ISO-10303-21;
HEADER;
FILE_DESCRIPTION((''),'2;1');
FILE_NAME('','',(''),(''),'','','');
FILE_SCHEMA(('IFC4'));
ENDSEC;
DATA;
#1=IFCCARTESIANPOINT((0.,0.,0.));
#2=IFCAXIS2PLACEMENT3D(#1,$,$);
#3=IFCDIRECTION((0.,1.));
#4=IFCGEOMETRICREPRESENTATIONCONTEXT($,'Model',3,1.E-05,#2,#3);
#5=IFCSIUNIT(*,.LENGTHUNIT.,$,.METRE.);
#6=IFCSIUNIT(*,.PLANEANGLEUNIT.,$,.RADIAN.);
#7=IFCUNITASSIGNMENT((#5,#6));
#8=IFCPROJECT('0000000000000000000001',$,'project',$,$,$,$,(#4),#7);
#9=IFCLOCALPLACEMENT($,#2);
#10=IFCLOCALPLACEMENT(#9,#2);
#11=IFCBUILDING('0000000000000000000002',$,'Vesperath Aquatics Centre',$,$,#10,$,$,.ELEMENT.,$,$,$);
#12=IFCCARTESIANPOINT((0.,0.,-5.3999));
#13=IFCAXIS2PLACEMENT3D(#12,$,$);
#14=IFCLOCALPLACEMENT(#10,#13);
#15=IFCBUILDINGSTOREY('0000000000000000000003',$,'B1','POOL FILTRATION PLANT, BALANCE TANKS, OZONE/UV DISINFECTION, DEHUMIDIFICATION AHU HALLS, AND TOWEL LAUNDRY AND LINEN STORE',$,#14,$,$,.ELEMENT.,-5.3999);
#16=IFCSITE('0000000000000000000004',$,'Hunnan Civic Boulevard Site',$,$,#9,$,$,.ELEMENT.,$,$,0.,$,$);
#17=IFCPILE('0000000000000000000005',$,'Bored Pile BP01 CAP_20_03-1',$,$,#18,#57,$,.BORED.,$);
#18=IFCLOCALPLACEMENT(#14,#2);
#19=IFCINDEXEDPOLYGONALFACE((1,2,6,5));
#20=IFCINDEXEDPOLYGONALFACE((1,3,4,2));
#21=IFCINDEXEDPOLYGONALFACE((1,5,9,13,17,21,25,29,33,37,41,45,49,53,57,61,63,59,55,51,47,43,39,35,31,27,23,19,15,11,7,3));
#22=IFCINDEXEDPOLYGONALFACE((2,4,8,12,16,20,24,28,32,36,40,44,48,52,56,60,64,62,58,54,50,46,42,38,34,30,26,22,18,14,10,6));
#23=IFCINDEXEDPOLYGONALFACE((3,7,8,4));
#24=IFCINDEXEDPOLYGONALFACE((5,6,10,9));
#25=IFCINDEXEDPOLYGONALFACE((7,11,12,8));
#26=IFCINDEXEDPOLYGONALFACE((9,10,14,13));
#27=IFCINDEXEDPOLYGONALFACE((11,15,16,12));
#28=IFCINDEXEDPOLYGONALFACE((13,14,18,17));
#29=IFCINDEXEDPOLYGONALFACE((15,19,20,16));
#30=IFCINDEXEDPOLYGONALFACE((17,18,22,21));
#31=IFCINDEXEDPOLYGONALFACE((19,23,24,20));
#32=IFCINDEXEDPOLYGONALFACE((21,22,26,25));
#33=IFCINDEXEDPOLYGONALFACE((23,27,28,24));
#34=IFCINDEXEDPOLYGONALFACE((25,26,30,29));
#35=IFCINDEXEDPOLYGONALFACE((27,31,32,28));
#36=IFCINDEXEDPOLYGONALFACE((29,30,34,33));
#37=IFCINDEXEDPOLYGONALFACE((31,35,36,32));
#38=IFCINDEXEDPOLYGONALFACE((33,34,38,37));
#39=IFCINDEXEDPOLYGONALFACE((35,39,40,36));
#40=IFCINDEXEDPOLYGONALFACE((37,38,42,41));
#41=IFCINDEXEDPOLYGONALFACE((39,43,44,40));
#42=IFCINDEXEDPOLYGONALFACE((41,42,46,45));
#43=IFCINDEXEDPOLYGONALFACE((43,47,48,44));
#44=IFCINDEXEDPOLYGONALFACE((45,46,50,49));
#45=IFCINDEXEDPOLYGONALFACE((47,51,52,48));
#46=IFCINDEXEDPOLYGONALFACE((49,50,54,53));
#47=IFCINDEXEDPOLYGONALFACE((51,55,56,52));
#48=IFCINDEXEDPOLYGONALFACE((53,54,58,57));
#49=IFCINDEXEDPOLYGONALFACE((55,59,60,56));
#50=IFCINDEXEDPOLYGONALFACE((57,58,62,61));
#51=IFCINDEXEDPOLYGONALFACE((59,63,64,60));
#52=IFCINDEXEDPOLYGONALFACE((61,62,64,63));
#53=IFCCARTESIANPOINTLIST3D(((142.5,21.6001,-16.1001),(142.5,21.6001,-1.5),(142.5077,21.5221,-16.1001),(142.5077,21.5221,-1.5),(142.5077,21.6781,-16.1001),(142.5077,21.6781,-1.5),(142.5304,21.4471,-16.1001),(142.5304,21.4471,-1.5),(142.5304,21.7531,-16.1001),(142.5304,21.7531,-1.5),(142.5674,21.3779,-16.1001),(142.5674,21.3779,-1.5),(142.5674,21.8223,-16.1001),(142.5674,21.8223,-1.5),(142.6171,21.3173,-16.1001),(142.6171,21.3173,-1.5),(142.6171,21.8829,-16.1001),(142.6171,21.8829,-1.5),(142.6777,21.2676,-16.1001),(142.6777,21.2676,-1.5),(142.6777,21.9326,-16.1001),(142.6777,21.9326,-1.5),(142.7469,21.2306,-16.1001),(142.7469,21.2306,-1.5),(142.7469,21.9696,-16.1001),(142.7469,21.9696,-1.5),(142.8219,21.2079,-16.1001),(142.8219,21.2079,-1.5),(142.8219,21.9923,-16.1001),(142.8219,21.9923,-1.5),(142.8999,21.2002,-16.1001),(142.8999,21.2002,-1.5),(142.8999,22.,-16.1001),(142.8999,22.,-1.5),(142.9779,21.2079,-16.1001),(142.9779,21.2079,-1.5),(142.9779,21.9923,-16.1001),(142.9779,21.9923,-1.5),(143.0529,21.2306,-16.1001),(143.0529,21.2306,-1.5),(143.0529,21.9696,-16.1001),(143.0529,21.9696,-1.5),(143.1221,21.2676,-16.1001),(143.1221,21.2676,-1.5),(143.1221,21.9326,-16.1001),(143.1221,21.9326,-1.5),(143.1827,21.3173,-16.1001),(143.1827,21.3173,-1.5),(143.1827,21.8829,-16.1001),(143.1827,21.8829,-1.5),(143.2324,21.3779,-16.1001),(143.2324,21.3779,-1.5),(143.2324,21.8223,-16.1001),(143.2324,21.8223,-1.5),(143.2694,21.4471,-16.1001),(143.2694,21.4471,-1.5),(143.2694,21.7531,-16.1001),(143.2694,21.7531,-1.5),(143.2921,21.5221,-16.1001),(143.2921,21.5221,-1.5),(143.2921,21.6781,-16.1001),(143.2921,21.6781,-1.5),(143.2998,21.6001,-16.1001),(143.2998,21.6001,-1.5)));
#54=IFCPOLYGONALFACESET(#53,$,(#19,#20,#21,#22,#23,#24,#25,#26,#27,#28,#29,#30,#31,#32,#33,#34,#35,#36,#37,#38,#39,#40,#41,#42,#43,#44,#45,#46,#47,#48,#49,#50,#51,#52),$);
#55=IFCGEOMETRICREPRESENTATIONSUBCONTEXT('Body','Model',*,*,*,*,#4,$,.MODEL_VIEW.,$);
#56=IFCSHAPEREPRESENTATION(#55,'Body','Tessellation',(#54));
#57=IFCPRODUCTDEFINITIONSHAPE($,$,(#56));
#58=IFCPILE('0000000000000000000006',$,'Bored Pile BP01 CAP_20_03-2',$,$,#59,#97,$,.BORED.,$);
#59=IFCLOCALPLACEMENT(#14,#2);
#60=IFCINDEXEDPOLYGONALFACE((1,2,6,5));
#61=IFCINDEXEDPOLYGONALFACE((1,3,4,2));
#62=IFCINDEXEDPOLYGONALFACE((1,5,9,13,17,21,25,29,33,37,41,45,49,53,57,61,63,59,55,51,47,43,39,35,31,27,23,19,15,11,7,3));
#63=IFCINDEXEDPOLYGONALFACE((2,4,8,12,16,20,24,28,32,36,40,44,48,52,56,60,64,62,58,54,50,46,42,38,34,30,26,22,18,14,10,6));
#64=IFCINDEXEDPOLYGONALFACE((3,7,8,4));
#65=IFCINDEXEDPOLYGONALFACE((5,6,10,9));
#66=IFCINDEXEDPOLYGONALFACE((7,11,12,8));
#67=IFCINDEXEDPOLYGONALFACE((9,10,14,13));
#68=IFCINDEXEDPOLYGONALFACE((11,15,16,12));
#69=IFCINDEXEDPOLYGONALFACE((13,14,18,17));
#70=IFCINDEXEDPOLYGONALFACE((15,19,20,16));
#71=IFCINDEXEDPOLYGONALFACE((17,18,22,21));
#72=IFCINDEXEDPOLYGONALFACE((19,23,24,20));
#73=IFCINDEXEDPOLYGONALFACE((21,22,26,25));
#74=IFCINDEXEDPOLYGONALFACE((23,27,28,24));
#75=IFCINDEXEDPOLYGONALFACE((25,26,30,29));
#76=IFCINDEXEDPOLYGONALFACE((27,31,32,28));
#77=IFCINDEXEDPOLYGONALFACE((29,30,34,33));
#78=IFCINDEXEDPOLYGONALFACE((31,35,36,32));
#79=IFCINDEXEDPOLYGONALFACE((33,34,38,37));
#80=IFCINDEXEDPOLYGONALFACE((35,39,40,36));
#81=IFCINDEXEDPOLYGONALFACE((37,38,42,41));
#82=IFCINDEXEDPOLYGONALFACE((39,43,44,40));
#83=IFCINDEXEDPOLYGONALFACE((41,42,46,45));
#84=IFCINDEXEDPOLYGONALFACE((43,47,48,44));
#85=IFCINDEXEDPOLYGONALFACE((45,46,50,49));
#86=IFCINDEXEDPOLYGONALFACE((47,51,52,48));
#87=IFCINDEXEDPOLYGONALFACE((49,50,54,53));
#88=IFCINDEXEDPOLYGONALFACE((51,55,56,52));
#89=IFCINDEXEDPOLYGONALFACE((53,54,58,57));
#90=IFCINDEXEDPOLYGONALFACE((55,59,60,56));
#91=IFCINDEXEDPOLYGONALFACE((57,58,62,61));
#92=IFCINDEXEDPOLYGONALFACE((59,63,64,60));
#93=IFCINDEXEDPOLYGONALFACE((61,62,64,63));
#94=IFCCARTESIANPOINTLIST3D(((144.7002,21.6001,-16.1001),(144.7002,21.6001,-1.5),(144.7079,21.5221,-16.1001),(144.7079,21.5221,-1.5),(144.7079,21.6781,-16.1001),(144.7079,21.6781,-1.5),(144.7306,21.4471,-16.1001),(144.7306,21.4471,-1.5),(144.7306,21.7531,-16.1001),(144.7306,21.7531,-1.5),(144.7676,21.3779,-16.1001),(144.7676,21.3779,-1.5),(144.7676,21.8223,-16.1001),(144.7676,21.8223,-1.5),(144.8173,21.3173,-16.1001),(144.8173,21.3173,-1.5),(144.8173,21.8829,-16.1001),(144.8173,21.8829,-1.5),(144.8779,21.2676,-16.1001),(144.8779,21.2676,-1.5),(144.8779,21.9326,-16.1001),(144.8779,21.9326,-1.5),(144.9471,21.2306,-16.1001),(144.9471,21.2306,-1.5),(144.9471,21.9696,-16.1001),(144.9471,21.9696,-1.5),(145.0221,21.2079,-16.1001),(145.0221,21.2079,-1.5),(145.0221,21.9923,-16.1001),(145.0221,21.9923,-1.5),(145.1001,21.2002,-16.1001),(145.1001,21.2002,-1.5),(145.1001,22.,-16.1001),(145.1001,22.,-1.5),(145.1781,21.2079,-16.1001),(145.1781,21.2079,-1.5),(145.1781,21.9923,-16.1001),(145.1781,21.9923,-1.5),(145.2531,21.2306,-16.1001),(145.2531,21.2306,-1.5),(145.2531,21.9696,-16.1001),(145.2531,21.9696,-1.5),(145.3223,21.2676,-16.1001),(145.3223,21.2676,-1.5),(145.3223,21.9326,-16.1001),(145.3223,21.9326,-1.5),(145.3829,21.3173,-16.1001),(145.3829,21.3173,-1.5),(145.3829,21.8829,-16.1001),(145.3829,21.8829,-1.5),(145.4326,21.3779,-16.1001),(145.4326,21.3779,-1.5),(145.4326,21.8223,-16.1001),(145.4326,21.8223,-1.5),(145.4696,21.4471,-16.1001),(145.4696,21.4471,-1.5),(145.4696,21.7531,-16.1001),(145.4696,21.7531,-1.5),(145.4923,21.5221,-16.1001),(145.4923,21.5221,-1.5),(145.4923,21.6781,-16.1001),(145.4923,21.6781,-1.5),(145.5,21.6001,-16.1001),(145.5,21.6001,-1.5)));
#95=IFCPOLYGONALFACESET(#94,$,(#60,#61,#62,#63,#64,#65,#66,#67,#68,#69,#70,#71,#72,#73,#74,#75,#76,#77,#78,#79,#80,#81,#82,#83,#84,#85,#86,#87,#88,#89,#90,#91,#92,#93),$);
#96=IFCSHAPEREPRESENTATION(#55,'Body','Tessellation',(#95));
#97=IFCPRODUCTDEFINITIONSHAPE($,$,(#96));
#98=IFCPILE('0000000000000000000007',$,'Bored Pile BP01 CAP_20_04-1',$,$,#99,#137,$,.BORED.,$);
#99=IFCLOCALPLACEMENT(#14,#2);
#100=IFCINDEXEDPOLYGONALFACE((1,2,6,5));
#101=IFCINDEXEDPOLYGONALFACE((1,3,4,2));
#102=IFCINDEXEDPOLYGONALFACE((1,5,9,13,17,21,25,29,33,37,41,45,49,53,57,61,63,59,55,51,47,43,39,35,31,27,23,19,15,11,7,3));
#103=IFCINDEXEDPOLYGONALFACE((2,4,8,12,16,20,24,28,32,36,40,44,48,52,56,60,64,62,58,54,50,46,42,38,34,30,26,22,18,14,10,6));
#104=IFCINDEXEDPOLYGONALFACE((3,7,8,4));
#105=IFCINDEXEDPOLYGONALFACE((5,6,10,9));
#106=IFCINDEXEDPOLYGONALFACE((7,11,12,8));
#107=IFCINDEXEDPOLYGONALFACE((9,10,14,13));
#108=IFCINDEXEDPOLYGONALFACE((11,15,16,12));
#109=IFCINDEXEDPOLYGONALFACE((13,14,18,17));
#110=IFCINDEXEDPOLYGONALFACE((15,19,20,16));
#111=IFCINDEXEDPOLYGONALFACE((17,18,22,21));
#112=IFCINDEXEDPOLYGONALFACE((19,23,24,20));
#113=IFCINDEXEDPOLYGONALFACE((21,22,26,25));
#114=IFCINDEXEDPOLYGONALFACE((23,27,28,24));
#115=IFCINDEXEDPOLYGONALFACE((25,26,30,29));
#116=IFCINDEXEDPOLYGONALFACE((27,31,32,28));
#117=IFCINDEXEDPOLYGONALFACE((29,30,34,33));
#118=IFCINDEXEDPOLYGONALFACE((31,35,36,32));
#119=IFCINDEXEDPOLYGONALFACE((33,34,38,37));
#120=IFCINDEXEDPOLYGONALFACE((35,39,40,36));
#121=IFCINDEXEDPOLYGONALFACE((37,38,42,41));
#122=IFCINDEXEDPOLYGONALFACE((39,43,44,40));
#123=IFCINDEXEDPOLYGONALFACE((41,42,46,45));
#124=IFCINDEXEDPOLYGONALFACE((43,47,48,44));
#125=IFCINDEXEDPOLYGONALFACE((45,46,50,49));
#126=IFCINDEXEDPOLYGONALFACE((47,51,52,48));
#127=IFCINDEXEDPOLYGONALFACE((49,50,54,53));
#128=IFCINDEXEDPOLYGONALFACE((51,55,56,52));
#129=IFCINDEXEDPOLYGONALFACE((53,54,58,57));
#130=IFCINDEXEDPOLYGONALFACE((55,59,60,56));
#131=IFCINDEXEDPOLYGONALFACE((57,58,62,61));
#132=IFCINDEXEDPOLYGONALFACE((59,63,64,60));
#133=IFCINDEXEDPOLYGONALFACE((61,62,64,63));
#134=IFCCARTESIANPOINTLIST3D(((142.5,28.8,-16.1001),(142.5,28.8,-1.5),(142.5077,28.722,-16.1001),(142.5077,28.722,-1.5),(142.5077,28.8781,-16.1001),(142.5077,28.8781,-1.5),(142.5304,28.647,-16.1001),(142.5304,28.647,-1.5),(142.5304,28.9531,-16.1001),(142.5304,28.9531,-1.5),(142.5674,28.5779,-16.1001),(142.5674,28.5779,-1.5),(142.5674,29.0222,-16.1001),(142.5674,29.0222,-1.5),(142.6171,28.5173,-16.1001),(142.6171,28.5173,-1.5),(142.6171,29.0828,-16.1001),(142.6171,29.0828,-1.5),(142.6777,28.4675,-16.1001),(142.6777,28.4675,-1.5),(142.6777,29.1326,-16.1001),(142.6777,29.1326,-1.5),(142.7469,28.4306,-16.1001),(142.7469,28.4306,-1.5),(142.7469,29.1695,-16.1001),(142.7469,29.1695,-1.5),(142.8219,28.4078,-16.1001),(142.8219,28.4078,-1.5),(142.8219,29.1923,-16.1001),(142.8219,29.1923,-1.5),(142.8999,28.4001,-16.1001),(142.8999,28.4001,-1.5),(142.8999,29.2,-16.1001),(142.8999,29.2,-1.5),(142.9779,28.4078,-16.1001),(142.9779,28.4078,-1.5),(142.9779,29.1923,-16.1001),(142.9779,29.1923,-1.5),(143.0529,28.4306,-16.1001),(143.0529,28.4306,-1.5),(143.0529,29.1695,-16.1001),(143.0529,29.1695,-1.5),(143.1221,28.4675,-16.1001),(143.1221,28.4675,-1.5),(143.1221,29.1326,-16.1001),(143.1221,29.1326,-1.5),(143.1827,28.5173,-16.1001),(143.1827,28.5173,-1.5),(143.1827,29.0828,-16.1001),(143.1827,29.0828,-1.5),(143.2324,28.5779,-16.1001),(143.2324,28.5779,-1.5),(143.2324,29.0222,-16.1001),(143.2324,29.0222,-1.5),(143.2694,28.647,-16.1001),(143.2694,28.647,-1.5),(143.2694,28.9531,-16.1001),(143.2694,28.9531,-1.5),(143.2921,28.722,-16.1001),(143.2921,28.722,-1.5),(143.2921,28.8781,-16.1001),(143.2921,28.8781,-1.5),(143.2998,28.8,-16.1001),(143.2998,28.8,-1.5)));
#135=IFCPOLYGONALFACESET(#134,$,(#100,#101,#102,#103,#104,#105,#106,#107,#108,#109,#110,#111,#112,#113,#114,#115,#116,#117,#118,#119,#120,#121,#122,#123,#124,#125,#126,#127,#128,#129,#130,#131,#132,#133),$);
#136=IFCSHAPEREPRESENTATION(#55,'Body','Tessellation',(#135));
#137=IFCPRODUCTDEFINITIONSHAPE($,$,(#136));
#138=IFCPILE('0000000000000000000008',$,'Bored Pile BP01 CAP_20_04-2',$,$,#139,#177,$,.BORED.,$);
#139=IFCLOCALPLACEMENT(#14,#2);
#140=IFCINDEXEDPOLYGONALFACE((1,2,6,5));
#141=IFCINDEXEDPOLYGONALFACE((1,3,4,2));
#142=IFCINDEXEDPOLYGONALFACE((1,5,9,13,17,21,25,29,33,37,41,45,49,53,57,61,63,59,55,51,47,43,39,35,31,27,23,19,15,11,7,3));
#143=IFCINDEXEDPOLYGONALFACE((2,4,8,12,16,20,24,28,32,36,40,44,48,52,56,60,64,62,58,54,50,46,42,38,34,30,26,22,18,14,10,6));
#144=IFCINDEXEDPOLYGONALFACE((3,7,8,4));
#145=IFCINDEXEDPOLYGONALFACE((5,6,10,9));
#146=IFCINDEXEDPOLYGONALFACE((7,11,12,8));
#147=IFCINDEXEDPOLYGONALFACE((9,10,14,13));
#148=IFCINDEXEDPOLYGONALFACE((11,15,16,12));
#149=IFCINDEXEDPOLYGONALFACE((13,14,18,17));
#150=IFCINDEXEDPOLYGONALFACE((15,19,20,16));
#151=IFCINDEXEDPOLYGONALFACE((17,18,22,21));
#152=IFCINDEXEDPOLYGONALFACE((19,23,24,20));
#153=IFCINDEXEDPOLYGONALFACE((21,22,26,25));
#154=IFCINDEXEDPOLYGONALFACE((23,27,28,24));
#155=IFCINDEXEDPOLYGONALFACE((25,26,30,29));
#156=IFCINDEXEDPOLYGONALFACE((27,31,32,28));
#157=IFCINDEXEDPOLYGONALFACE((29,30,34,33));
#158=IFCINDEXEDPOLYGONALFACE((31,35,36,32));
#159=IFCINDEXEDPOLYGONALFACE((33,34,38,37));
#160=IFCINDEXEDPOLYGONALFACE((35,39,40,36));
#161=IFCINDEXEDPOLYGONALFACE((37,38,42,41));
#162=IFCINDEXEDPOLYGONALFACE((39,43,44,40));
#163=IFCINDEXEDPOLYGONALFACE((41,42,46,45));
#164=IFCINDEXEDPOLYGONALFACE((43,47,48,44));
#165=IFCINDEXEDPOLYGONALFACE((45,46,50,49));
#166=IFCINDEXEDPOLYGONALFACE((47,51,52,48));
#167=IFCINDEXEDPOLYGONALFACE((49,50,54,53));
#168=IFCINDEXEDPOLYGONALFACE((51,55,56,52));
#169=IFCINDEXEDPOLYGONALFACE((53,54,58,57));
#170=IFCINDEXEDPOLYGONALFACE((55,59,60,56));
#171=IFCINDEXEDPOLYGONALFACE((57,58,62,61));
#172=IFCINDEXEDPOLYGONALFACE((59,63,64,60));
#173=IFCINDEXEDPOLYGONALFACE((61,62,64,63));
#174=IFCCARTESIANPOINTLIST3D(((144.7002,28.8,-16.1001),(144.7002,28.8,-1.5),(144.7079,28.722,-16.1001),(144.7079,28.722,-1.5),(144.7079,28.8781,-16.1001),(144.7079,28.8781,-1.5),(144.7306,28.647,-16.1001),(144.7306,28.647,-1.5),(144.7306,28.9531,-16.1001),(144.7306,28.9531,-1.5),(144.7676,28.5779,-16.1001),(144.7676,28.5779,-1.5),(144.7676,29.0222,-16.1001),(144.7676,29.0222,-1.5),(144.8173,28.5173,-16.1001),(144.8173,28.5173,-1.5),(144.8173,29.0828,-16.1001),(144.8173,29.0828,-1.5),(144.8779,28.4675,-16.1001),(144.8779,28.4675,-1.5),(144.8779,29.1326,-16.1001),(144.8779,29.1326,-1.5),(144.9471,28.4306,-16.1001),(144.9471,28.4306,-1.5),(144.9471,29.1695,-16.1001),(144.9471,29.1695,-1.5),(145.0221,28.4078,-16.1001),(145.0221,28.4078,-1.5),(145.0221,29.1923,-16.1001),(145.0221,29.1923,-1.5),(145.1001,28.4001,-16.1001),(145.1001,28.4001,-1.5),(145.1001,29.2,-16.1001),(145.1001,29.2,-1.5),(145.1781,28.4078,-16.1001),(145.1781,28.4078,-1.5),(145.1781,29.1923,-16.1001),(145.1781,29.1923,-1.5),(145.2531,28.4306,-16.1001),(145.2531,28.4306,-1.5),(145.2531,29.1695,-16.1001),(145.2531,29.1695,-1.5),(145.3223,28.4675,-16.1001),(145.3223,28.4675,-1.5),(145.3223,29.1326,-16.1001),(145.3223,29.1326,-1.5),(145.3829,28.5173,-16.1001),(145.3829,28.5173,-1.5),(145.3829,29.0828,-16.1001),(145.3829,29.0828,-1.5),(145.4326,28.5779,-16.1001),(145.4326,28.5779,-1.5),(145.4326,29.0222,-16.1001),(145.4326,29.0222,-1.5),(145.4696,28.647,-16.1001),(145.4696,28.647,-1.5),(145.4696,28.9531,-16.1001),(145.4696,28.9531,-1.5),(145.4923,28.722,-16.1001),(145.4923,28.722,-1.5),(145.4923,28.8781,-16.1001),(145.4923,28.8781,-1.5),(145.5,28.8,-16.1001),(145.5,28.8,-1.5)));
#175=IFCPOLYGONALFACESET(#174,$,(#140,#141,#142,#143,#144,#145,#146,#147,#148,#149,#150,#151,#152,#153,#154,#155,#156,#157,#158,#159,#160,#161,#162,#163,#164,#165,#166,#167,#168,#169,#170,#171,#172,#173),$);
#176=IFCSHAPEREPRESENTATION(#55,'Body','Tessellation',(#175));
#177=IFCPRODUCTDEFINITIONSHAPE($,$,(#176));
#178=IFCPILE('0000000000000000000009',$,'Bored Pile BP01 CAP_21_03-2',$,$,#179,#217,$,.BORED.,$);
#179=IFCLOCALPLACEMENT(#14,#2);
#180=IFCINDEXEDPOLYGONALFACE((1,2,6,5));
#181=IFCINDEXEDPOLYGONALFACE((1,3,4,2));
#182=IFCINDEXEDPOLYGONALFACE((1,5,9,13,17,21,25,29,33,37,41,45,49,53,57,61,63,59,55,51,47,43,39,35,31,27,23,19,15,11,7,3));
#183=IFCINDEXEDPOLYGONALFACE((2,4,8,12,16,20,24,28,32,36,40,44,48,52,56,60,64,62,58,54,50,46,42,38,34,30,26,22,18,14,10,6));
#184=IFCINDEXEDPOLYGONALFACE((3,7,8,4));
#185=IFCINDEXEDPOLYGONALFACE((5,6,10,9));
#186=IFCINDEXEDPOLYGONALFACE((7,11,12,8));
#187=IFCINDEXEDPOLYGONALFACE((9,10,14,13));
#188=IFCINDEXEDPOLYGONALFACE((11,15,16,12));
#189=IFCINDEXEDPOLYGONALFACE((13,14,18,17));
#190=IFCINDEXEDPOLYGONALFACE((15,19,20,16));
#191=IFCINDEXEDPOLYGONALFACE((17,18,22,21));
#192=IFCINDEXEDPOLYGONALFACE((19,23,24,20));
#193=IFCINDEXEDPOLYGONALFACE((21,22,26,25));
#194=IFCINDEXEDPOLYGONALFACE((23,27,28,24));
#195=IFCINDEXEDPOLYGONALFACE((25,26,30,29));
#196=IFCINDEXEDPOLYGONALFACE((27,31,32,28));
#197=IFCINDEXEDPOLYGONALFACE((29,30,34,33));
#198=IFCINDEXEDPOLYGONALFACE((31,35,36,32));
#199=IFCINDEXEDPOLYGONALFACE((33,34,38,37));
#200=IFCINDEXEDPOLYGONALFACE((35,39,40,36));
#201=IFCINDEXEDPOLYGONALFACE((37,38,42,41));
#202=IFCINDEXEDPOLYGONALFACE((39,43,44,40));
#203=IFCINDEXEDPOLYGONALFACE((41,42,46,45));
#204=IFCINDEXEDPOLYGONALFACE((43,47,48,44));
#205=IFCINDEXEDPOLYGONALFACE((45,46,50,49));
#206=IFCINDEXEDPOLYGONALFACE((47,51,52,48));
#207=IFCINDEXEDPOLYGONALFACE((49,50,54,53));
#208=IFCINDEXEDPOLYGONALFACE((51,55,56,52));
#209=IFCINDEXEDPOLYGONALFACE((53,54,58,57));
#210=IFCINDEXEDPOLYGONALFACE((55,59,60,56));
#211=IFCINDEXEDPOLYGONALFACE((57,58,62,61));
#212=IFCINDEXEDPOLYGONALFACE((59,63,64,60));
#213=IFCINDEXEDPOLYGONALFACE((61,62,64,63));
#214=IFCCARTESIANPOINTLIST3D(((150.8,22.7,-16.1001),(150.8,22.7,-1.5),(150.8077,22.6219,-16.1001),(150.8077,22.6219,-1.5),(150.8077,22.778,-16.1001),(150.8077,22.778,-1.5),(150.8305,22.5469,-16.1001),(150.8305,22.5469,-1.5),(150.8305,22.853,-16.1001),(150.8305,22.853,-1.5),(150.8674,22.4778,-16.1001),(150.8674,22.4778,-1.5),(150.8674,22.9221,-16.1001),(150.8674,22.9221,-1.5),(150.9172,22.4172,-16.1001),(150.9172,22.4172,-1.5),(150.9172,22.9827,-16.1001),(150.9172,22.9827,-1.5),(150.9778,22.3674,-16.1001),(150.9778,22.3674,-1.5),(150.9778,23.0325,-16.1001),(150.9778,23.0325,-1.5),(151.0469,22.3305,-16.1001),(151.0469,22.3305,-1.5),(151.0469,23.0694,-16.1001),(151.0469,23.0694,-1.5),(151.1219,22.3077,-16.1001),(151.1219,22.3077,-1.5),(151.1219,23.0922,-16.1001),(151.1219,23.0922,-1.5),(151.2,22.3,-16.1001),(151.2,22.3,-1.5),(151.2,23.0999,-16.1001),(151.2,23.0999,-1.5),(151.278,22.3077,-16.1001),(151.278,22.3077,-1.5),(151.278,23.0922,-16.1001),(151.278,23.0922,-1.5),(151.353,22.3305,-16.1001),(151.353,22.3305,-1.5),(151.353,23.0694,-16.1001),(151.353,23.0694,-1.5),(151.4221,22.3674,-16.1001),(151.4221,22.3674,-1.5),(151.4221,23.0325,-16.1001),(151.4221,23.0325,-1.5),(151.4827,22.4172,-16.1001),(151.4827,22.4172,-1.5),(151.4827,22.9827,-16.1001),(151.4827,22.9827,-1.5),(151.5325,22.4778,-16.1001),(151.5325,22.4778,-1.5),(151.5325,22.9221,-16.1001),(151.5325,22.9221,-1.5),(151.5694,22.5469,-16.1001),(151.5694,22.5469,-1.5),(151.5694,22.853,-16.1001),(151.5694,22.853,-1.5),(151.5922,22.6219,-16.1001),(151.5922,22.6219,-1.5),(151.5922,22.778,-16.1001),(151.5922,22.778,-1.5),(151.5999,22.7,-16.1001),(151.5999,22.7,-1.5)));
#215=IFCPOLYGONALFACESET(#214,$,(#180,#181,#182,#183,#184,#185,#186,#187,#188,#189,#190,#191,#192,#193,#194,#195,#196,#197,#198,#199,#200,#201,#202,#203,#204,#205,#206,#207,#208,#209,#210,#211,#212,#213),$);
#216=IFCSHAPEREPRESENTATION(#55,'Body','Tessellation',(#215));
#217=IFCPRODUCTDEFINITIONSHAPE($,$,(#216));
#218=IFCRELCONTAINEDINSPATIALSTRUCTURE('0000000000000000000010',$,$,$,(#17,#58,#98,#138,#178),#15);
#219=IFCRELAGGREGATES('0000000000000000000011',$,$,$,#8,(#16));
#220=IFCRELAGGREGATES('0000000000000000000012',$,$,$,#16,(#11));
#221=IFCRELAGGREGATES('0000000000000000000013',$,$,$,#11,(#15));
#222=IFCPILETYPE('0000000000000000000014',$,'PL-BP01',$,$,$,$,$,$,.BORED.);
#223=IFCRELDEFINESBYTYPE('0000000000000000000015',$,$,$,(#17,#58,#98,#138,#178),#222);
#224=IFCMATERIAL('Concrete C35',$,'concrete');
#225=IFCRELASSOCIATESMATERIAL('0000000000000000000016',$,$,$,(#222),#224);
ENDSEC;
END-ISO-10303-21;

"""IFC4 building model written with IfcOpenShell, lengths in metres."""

from ifc_helpers import new_model, si_unit, direction, frame, origin, origin_2d, place, context, subcontext, project, spatial, circle, extrude, material, material_profile, profile_set, type_object, element, save


model = new_model("IFC4")

# Units and contexts
model_context = context("Model", 3, precision=1e-05, world=origin(), true_north=direction((0.0, 1.0)))
body_context = subcontext(model_context, "Body", "Model", "MODEL_VIEW")
ifc_project = project(units=[si_unit("LENGTHUNIT", "METRE"), si_unit("PLANEANGLEUNIT", "RADIAN")], contexts=[model_context])

# Site, building, storey
site_placement = place(None, origin())
site = spatial("IfcSite", under=ifc_project, at=site_placement, Name="Hunnan Civic Boulevard Site", CompositionType="ELEMENT", RefElevation=0.0)
building_placement = place(site_placement, origin())
building = spatial("IfcBuilding", under=site, at=building_placement, Name="Vesperath Aquatics Centre", CompositionType="ELEMENT")
storey_placement = place(building_placement, frame((0.0, 0.0, -5.3999)))
storey = spatial("IfcBuildingStorey", under=building, at=storey_placement, Name="B1", Description="POOL FILTRATION PLANT, BALANCE TANKS, OZONE/UV DISINFECTION, DEHUMIDIFICATION AHU HALLS, AND TOWEL LAUNDRY AND LINEN STORE", CompositionType="ELEMENT", Elevation=-5.3999)

# Piles
ifc_material_1 = material(Name="Concrete C35", Category="concrete")
ifc_material_profile_1 = material_profile(ifc_material_1, circle(Radius=0.3999, at=origin_2d()), Name="PILE D800")
ifc_profile_set_1 = profile_set([ifc_material_profile_1], Name="Concrete C35")
pile_type = type_object("IfcPileType", Name="PL-BP01", PredefinedType="BORED", material=ifc_profile_set_1)
for number, where, z_axis, x_axis, name in (
    (1, (142.8999, 21.6001, -1.5), (0.0, 0.0, -1.0), (1.0, 0.0, 0.0), "Bored Pile BP01 CAP_20_03-1"),
    (2, (145.1001, 21.6001, -1.5), (0.0, 0.0, -1.0), (1.0, 0.0, 0.0), "Bored Pile BP01 CAP_20_03-2"),
    (3, (142.8999, 28.8, -1.5), (0.0, 0.0, -1.0), (1.0, 0.0, 0.0), "Bored Pile BP01 CAP_20_04-1"),
    (4, (145.1001, 28.8, -1.5), (0.0, 0.0, -1.0), (1.0, 0.0, 0.0), "Bored Pile BP01 CAP_20_04-2"),
    (5, (151.2, 22.7, -1.5), (0.0, 0.0, -1.0), (1.0, 0.0, 0.0), "Bored Pile BP01 CAP_21_03-2"),
):
    element("IfcPile", number, at=place(storey_placement, frame(where, z_axis=z_axis, x_axis=x_axis)), inside=storey, type_object=pile_type, Name=name, PredefinedType="BORED", context=body_context, shape_type="SweptSolid", body=[
        extrude(circle(Radius=0.3999, at=origin_2d()), origin(), (0.0, 0.0, 1.0), 14.6001),
    ])

save(model, "model.ifc")
